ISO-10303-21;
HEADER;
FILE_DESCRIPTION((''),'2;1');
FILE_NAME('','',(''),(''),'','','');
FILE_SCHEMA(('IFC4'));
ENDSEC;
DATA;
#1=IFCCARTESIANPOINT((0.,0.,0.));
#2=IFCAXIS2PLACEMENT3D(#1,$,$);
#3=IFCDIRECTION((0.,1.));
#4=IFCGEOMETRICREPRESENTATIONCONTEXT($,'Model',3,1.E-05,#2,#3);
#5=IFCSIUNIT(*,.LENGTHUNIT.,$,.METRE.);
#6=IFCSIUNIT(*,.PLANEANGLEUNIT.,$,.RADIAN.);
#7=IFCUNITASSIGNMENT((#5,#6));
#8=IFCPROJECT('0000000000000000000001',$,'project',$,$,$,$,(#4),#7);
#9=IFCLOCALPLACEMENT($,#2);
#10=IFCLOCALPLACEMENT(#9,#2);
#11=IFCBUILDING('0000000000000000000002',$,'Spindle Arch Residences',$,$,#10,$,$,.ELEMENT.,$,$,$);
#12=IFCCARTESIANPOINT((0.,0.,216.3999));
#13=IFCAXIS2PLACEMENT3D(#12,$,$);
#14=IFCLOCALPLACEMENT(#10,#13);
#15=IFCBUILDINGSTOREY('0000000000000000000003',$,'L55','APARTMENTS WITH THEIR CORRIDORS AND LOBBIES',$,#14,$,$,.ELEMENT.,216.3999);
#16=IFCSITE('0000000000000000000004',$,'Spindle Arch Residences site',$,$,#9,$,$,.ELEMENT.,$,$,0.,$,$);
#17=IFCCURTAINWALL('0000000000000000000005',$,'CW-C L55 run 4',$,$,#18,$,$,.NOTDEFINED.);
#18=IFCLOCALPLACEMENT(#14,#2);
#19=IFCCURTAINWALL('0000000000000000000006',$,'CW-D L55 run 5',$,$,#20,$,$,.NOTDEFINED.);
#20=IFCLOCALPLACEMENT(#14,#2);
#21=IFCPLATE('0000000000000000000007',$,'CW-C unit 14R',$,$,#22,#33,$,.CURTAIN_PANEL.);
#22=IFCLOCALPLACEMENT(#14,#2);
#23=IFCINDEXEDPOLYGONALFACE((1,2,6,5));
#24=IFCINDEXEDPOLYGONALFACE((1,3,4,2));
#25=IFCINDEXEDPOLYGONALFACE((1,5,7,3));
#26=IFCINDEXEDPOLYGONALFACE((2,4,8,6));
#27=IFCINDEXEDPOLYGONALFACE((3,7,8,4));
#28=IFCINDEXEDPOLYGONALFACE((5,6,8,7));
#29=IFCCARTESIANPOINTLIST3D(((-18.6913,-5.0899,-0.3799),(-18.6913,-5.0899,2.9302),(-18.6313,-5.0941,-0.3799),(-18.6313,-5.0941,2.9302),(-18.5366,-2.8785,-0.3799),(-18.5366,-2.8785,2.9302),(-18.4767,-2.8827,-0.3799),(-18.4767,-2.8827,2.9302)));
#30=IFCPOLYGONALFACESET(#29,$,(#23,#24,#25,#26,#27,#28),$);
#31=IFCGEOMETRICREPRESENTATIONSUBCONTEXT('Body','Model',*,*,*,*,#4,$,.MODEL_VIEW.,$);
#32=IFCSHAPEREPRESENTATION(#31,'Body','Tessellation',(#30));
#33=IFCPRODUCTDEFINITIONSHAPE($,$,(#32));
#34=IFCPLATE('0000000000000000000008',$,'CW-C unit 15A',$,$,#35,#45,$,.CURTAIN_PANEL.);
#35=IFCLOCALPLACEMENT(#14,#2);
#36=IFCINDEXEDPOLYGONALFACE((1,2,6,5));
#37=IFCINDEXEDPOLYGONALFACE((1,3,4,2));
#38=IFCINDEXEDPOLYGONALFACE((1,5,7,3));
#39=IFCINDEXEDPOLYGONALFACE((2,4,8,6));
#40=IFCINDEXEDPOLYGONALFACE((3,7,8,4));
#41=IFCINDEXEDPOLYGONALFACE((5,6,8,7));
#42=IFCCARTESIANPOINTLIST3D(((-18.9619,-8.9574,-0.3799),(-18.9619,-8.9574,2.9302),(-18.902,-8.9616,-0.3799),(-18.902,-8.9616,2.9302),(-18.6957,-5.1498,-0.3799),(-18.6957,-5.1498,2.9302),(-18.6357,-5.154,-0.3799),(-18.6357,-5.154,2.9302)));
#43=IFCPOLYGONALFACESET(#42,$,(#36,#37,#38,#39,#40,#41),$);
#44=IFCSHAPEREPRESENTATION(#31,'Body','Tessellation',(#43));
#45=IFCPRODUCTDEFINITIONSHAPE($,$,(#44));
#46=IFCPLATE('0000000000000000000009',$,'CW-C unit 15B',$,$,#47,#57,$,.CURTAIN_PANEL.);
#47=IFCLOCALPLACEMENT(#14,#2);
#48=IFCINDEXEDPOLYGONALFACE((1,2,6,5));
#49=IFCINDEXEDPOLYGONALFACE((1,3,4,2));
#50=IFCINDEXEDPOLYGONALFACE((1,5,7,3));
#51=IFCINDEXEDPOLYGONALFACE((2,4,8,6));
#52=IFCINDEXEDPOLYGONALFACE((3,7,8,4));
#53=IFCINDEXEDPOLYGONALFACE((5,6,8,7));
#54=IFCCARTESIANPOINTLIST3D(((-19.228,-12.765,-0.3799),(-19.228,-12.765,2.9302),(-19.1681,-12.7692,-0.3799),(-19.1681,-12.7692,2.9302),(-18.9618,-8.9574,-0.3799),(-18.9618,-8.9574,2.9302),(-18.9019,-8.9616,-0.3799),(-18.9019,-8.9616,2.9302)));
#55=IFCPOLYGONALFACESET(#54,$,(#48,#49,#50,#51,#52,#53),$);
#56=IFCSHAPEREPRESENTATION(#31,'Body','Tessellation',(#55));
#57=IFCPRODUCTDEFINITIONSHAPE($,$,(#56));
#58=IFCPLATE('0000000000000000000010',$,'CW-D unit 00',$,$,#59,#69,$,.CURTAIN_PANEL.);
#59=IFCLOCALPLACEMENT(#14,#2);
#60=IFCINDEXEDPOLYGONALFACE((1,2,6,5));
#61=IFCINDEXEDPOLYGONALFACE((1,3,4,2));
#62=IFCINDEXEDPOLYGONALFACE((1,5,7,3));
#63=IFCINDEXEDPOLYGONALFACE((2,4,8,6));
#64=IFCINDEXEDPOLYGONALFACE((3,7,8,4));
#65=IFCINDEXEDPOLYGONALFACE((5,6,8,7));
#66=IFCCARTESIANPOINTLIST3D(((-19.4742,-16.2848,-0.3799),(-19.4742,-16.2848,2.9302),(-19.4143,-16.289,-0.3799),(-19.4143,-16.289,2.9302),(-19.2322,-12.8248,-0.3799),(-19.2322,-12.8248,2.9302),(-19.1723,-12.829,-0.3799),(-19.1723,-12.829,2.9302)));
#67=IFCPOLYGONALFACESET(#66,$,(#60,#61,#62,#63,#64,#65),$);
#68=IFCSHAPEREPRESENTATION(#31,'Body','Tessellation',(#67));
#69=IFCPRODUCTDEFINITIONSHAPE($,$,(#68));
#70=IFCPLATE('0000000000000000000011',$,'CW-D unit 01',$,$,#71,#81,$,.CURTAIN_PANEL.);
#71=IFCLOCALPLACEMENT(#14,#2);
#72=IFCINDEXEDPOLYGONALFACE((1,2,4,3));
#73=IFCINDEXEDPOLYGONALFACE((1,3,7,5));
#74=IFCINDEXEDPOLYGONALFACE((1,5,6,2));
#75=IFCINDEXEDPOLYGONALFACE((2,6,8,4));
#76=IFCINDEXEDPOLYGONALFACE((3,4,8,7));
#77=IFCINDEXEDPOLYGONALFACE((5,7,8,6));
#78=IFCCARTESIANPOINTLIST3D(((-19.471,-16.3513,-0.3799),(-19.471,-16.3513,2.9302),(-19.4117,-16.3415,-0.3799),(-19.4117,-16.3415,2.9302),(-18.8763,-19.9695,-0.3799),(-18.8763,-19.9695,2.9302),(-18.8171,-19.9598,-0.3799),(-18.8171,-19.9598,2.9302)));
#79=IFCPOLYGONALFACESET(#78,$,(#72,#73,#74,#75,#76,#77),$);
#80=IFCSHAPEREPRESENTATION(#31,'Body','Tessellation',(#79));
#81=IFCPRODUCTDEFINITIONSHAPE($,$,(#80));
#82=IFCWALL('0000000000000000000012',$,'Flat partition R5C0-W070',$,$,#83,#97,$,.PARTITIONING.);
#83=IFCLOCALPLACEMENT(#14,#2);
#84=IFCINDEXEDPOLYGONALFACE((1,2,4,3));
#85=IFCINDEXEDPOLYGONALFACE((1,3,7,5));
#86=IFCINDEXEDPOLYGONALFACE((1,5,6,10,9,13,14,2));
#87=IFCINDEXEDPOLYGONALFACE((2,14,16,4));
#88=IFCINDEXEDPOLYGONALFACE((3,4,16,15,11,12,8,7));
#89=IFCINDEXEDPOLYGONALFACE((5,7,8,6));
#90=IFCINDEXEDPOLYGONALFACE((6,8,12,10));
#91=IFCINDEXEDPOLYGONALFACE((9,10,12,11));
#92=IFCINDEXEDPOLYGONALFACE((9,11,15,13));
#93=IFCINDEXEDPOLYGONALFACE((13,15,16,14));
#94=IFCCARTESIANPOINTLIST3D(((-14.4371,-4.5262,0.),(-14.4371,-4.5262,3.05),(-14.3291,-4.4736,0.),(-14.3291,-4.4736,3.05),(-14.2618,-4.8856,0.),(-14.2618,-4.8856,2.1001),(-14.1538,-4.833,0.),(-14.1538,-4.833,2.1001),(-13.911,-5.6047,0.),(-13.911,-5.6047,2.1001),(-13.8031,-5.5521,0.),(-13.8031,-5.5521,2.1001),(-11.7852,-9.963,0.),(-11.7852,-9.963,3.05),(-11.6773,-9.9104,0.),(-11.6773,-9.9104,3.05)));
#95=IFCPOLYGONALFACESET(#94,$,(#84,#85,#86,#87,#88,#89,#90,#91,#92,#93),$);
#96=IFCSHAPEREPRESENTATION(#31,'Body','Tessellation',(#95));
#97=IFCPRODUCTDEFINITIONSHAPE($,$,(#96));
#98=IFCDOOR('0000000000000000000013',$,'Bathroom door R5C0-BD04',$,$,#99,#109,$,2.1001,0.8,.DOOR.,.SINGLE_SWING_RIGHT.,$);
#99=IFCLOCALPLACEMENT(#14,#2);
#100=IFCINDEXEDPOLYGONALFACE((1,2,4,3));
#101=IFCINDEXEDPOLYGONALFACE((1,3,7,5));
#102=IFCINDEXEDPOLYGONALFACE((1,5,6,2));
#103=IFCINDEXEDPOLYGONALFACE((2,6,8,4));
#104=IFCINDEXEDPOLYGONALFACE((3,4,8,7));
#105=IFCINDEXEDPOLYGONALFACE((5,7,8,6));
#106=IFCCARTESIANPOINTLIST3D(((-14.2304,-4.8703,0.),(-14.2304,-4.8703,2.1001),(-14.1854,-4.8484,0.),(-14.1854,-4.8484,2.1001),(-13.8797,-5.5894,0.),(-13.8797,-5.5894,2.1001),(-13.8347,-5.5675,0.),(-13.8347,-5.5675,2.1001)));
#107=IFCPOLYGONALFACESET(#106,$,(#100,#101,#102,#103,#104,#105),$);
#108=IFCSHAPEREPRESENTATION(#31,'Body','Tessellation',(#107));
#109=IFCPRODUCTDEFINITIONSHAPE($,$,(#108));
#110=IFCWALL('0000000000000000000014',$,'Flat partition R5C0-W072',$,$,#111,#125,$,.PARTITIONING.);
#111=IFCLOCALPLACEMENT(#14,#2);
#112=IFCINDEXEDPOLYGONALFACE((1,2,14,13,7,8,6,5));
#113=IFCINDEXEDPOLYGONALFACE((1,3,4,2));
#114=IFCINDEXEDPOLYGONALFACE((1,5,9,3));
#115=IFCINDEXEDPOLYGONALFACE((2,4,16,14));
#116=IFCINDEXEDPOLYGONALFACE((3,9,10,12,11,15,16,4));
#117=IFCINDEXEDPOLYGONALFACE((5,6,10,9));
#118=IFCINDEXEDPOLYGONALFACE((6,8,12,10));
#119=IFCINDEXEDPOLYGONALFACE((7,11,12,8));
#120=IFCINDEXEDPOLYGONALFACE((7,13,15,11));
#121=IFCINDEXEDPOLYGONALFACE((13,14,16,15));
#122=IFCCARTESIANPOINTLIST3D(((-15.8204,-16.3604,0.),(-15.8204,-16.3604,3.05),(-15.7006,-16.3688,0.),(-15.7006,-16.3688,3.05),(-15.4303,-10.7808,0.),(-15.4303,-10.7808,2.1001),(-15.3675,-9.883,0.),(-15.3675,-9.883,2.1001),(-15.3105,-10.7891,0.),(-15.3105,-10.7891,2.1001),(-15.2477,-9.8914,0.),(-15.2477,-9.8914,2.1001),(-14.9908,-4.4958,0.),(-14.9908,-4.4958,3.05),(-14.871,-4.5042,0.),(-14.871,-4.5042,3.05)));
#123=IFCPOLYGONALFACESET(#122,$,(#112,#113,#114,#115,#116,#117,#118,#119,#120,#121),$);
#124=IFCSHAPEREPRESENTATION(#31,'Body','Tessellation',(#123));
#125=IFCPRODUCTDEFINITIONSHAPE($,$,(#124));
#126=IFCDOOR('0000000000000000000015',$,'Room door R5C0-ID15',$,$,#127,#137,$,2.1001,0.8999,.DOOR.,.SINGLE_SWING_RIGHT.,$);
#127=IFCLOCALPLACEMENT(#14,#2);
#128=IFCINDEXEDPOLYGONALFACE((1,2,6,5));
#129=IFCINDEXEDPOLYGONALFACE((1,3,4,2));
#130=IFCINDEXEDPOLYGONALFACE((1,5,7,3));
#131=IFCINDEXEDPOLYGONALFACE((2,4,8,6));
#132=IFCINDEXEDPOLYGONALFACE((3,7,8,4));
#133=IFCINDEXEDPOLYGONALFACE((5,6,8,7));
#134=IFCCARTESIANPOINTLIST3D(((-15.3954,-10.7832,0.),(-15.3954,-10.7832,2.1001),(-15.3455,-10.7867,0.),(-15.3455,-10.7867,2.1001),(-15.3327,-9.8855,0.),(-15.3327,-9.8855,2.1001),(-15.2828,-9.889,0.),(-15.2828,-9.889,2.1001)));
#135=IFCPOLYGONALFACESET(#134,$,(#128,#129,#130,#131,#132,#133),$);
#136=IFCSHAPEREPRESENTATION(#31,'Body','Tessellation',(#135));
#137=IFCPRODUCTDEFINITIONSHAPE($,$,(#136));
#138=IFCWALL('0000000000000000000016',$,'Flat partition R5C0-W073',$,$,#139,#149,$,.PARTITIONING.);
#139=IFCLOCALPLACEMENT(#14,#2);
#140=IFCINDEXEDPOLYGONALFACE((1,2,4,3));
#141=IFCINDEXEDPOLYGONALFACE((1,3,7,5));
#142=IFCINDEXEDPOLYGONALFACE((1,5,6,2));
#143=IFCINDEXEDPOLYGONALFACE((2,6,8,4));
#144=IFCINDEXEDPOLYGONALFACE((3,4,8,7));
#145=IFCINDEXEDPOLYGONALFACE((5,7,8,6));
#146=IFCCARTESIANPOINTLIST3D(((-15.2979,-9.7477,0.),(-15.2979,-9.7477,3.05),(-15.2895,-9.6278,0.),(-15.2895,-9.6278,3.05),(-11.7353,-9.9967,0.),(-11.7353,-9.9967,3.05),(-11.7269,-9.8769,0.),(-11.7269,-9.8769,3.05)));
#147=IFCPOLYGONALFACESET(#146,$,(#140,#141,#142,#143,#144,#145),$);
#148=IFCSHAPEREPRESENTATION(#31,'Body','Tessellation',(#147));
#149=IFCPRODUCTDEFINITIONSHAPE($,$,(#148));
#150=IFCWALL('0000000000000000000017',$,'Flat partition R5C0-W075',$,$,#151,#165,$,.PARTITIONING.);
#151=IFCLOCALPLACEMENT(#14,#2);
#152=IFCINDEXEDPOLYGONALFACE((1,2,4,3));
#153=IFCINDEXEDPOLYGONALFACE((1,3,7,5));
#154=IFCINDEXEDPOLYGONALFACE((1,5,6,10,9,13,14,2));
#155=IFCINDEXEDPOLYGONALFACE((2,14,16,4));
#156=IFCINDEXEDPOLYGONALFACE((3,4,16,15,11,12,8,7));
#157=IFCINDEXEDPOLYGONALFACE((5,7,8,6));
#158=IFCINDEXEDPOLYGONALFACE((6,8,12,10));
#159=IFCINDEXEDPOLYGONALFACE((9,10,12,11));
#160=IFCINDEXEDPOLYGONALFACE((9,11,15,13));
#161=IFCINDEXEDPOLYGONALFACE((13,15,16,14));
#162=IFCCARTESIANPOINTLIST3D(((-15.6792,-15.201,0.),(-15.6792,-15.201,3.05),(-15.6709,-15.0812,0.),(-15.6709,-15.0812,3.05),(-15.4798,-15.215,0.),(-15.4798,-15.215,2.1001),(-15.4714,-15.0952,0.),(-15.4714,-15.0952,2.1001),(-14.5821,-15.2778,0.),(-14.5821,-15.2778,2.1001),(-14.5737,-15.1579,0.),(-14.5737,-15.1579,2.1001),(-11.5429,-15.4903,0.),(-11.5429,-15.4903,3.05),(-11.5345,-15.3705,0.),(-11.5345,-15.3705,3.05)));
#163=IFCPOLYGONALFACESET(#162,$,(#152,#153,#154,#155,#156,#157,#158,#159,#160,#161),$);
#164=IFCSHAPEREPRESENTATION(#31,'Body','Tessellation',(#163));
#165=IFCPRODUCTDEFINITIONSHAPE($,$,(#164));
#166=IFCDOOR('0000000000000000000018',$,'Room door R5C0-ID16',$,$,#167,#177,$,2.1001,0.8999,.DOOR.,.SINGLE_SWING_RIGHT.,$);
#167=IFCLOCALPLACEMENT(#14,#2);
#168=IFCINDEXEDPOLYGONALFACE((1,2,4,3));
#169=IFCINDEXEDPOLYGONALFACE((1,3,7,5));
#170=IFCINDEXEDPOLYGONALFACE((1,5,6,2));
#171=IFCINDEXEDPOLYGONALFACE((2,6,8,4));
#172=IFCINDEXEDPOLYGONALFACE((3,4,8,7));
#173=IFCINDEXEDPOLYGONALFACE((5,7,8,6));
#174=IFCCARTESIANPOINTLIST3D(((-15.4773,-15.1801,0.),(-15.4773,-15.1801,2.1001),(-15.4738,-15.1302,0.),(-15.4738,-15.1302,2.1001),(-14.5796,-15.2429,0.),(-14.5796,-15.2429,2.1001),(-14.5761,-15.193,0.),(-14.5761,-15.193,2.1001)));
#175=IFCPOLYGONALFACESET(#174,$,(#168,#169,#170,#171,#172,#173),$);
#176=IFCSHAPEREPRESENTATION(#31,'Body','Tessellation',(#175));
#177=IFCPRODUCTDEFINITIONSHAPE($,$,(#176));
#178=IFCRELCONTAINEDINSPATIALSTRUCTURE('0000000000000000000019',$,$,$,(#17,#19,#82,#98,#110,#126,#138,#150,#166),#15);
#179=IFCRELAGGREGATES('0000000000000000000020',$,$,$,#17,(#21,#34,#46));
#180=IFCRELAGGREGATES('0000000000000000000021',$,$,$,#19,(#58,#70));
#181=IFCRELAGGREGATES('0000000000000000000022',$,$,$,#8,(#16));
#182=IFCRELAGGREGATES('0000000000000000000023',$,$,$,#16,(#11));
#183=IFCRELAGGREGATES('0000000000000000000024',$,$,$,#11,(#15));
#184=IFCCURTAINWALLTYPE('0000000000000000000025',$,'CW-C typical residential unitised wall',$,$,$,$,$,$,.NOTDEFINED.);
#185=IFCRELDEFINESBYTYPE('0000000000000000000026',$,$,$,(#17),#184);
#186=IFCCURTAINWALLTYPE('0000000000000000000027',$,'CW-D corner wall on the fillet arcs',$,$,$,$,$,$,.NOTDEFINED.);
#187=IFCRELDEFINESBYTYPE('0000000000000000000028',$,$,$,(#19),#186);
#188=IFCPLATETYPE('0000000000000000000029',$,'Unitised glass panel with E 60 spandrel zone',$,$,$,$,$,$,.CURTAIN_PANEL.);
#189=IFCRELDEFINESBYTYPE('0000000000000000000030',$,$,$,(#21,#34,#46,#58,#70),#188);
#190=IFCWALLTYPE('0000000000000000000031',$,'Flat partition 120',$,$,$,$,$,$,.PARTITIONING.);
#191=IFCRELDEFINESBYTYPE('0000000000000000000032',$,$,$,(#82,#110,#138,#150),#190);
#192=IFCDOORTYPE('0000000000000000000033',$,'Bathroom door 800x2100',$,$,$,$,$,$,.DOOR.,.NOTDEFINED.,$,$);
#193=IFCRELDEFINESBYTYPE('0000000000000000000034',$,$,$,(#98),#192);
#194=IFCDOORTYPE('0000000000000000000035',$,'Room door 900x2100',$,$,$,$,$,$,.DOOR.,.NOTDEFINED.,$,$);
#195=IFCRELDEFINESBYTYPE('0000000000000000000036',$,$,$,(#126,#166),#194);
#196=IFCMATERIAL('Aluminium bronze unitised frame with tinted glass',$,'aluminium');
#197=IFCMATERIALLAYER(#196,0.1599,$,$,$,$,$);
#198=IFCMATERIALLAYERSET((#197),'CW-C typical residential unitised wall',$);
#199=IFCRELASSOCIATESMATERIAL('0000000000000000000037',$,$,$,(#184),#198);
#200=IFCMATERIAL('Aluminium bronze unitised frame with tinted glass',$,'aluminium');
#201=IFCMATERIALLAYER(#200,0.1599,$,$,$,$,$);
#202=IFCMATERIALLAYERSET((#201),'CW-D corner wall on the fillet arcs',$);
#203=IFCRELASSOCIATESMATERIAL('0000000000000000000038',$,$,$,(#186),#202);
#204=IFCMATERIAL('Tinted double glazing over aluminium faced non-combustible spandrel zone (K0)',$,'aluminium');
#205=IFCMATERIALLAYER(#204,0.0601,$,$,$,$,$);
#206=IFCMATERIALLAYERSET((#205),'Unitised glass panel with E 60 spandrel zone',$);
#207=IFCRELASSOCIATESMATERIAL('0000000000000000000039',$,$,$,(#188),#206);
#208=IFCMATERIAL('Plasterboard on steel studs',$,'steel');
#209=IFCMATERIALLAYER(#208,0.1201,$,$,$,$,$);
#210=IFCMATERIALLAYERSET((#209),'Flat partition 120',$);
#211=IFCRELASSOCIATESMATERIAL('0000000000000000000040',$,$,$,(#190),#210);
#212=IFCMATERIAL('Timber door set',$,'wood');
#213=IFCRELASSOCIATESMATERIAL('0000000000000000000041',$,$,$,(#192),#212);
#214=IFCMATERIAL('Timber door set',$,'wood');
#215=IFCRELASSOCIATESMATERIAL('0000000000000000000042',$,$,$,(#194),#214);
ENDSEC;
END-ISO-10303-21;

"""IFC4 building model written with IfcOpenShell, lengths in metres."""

from ifc_helpers import new_model, si_unit, direction, frame, frame_2d, origin, origin_2d, place, context, subcontext, project, spatial, rectangle, extrude, material, layer, layer_set, type_object, element, fill, aggregate, save


model = new_model("IFC4")

# Units and contexts
model_context = context("Model", 3, precision=1e-05, world=origin(), true_north=direction((0.0, 1.0)))
body_context = subcontext(model_context, "Body", "Model", "MODEL_VIEW")
ifc_project = project(units=[si_unit("LENGTHUNIT", "METRE"), si_unit("PLANEANGLEUNIT", "RADIAN")], contexts=[model_context])

# Site, building, storey
site_placement = place(None, origin())
site = spatial("IfcSite", under=ifc_project, at=site_placement, Name="Spindle Arch Residences site", CompositionType="ELEMENT", RefElevation=0.0)
building_placement = place(site_placement, origin())
building = spatial("IfcBuilding", under=site, at=building_placement, Name="Spindle Arch Residences", CompositionType="ELEMENT")
storey_placement = place(building_placement, frame((0.0, 0.0, 216.3999)))
storey = spatial("IfcBuildingStorey", under=building, at=storey_placement, Name="L55", Description="APARTMENTS WITH THEIR CORRIDORS AND LOBBIES", CompositionType="ELEMENT", Elevation=216.3999)

# Curtain wall
ifc_material_1 = material(Name="Aluminium bronze unitised frame with tinted glass", Category="aluminium")
ifc_layer_1 = layer(ifc_material_1, 0.1599)
ifc_layer_set_1 = layer_set([ifc_layer_1], Name="CW-C typical residential unitised wall")
curtain_wall_type_1 = type_object("IfcCurtainWallType", Name="CW-C typical residential unitised wall", PredefinedType="NOTDEFINED", material=ifc_layer_set_1)
curtain_wall_1_placement = place(storey_placement, origin())
curtain_wall_1 = element("IfcCurtainWall", 1, at=curtain_wall_1_placement, inside=storey, type_object=curtain_wall_type_1, Name="CW-C L55 run 4", PredefinedType="NOTDEFINED")

# Curtain wall
ifc_material_2 = material(Name="Aluminium bronze unitised frame with tinted glass", Category="aluminium")
ifc_layer_2 = layer(ifc_material_2, 0.1599)
ifc_layer_set_2 = layer_set([ifc_layer_2], Name="CW-D corner wall on the fillet arcs")
curtain_wall_type_2 = type_object("IfcCurtainWallType", Name="CW-D corner wall on the fillet arcs", PredefinedType="NOTDEFINED", material=ifc_layer_set_2)
curtain_wall_2_placement = place(storey_placement, origin())
curtain_wall_2 = element("IfcCurtainWall", 2, at=curtain_wall_2_placement, inside=storey, type_object=curtain_wall_type_2, Name="CW-D L55 run 5", PredefinedType="NOTDEFINED")

# Plates
ifc_material_3 = material(Name="Tinted double glazing over aluminium faced non-combustible spandrel zone (K0)", Category="aluminium")
ifc_layer_3 = layer(ifc_material_3, 0.0601)
ifc_layer_set_3 = layer_set([ifc_layer_3], Name="Unitised glass panel with E 60 spandrel zone")
plate_type = type_object("IfcPlateType", Name="Unitised glass panel with E 60 spandrel zone", PredefinedType="CURTAIN_PANEL", material=ifc_layer_set_3)
plate_1_placement = place(storey_placement, frame((-18.584, -3.9863, -0.3799), z_axis=(0.0, 0.0, 1.0), x_axis=(-0.069756, -0.997564, 0.0)))
plate_1 = element("IfcPlate", 3, at=plate_1_placement, type_object=plate_type, Name="CW-C unit 14R", PredefinedType="CURTAIN_PANEL", context=body_context, shape_type="SweptSolid", body=[
    extrude(rectangle(XDim=2.2168, YDim=0.0601, at=origin_2d()), origin(), (0.0, 0.0, 1.0), 3.3101),
])
plate_2_placement = place(storey_placement, frame((-18.7988, -7.0557, -0.3799), z_axis=(0.0, 0.0, 1.0), x_axis=(-0.069756, -0.997564, 0.0)))
plate_2 = element("IfcPlate", 4, at=plate_2_placement, type_object=plate_type, Name="CW-C unit 15A", PredefinedType="CURTAIN_PANEL", context=body_context, shape_type="SweptSolid", body=[
    extrude(rectangle(XDim=3.8169, YDim=0.0601, at=origin_2d()), origin(), (0.0, 0.0, 1.0), 3.3101),
])
plate_3_placement = place(storey_placement, frame((-19.0649, -10.8633, -0.3799), z_axis=(0.0, 0.0, 1.0), x_axis=(-0.069756, -0.997564, 0.0)))
plate_3 = element("IfcPlate", 5, at=plate_3_placement, type_object=plate_type, Name="CW-C unit 15B", PredefinedType="CURTAIN_PANEL", context=body_context, shape_type="SweptSolid", body=[
    extrude(rectangle(XDim=3.8169, YDim=0.0601, at=origin_2d()), origin(), (0.0, 0.0, 1.0), 3.3101),
])
aggregate(curtain_wall_1, [plate_1, plate_2, plate_3])
plate_4_placement = place(storey_placement, frame((-19.3232, -14.5569, -0.3799), z_axis=(0.0, 0.0, 1.0), x_axis=(-0.069756, -0.997564, 0.0)))
plate_4 = element("IfcPlate", 6, at=plate_4_placement, type_object=plate_type, Name="CW-D unit 00", PredefinedType="CURTAIN_PANEL", context=body_context, shape_type="SweptSolid", body=[
    extrude(rectangle(XDim=3.4685, YDim=0.0601, at=origin_2d()), origin(), (0.0, 0.0, 1.0), 3.3101),
])
plate_5_placement = place(storey_placement, frame((-19.144, -18.1555, -0.3799), z_axis=(0.0, 0.0, 1.0), x_axis=(0.162178, -0.986762, 0.0)))
plate_5 = element("IfcPlate", 7, at=plate_5_placement, type_object=plate_type, Name="CW-D unit 01", PredefinedType="CURTAIN_PANEL", context=body_context, shape_type="SweptSolid", body=[
    extrude(rectangle(XDim=3.6667, YDim=0.0601, at=origin_2d()), origin(), (0.0, 0.0, 1.0), 3.3101),
])
aggregate(curtain_wall_2, [plate_4, plate_5])

# Walls, openings, doors
ifc_material_4 = material(Name="Plasterboard on steel studs", Category="steel")
ifc_layer_4 = layer(ifc_material_4, 0.1201)
ifc_layer_set_4 = layer_set([ifc_layer_4], Name="Flat partition 120")
wall_type_1 = type_object("IfcWallType", Name="Flat partition 120", PredefinedType="PARTITIONING", material=ifc_layer_set_4)
wall_1_placement = place(storey_placement, frame((-14.3831, -4.5, 0.0), z_axis=(0.0, 0.0, 1.0), x_axis=(0.438393, -0.898783, 0.0)))
wall_1 = element("IfcWall", 8, at=wall_1_placement, inside=storey, type_object=wall_type_1, Name="Flat partition R5C0-W070", PredefinedType="PARTITIONING", context=body_context, shape_type="SweptSolid", body=[
    extrude(rectangle(XDim=6.0491, YDim=0.1201, at=frame_2d((3.0244, 0.0))), origin(), (0.0, 0.0, 1.0), 3.05),
])
opening_1_placement = place(wall_1_placement, frame((0.3999, 0.0, 0.0)))
opening_1 = element("IfcOpeningElement", 9, at=opening_1_placement, cuts=wall_1, PredefinedType="OPENING", context=body_context, shape_type="SweptSolid", body=[
    extrude(rectangle(XDim=0.8, YDim=2.1001, at=frame_2d((0.3999, 1.05))), frame((0.0, 0.0701, 0.0), z_axis=(0.0, -1.0, 0.0), x_axis=(1.0, 0.0, 0.0)), (0.0, 0.0, 1.0), 0.1401),
])
ifc_material_5 = material(Name="Timber door set", Category="wood")
door_type_1 = type_object("IfcDoorType", Name="Bathroom door 800x2100", OperationType="NOTDEFINED", PredefinedType="DOOR", material=ifc_material_5)
door_1_placement = place(opening_1_placement, origin())
door_1 = element("IfcDoor", 10, at=door_1_placement, inside=storey, type_object=door_type_1, Name="Bathroom door R5C0-BD04", OperationType="SINGLE_SWING_RIGHT", OverallHeight=2.1001, OverallWidth=0.8, PredefinedType="DOOR", context=body_context, shape_type="SweptSolid", body=[
    extrude(rectangle(XDim=0.8, YDim=2.1001, at=frame_2d((0.3999, 1.05))), frame((0.0, 0.0249, 0.0), z_axis=(0.0, -1.0, 0.0), x_axis=(1.0, 0.0, 0.0)), (0.0, 0.0, 1.0), 0.05),
])
fill(opening_1, door_1)
wall_2_placement = place(storey_placement, frame((-14.9309, -4.5, 0.0), z_axis=(0.0, 0.0, 1.0), x_axis=(-0.069752, -0.997564, 0.0)))
wall_2 = element("IfcWall", 11, at=wall_2_placement, inside=storey, type_object=wall_type_1, Name="Flat partition R5C0-W072", PredefinedType="PARTITIONING", context=body_context, shape_type="SweptSolid", body=[
    extrude(rectangle(XDim=11.8936, YDim=0.1201, at=frame_2d((5.9468, 0.0))), origin(), (0.0, 0.0, 1.0), 3.05),
])
opening_2_placement = place(wall_2_placement, frame((5.4004, 0.0, 0.0)))
opening_2 = element("IfcOpeningElement", 12, at=opening_2_placement, cuts=wall_2, PredefinedType="OPENING", context=body_context, shape_type="SweptSolid", body=[
    extrude(rectangle(XDim=0.8999, YDim=2.1001, at=frame_2d((0.45, 1.05))), frame((0.0, 0.0701, 0.0), z_axis=(0.0, -1.0, 0.0), x_axis=(1.0, 0.0, 0.0)), (0.0, 0.0, 1.0), 0.1401),
])
ifc_material_6 = material(Name="Timber door set", Category="wood")
door_type_2 = type_object("IfcDoorType", Name="Room door 900x2100", OperationType="NOTDEFINED", PredefinedType="DOOR", material=ifc_material_6)
door_2_placement = place(opening_2_placement, origin())
door_2 = element("IfcDoor", 13, at=door_2_placement, inside=storey, type_object=door_type_2, Name="Room door R5C0-ID15", OperationType="SINGLE_SWING_RIGHT", OverallHeight=2.1001, OverallWidth=0.8999, PredefinedType="DOOR", context=body_context, shape_type="SweptSolid", body=[
    extrude(rectangle(XDim=0.8999, YDim=2.1001, at=frame_2d((0.45, 1.05))), frame((0.0, 0.0249, 0.0), z_axis=(0.0, -1.0, 0.0), x_axis=(1.0, 0.0, 0.0)), (0.0, 0.0, 1.0), 0.05),
])
fill(opening_2, door_2)

# Wall
wall_3_placement = place(storey_placement, frame((-15.2937, -9.6877, 0.0), z_axis=(0.0, 0.0, 1.0), x_axis=(0.997566, -0.069731, 0.0)))
element("IfcWall", 14, at=wall_3_placement, inside=storey, type_object=wall_type_1, Name="Flat partition R5C0-W073", PredefinedType="PARTITIONING", context=body_context, shape_type="SweptSolid", body=[
    extrude(rectangle(XDim=3.5713, YDim=0.1201, at=frame_2d((1.7856, 0.0))), origin(), (0.0, 0.0, 1.0), 3.05),
])

# Wall, opening, door
wall_4_placement = place(storey_placement, frame((-15.675, -15.1411, 0.0), z_axis=(0.0, 0.0, 1.0), x_axis=(0.997563, -0.06977, 0.0)))
wall_4 = element("IfcWall", 15, at=wall_4_placement, inside=storey, type_object=wall_type_1, Name="Flat partition R5C0-W075", PredefinedType="PARTITIONING", context=body_context, shape_type="SweptSolid", body=[
    extrude(rectangle(XDim=4.1465, YDim=0.1201, at=frame_2d((2.0732, 0.0))), origin(), (0.0, 0.0, 1.0), 3.05),
])
opening_3_placement = place(wall_4_placement, frame((0.2, 0.0, 0.0)))
opening_3 = element("IfcOpeningElement", 16, at=opening_3_placement, cuts=wall_4, PredefinedType="OPENING", context=body_context, shape_type="SweptSolid", body=[
    extrude(rectangle(XDim=0.8999, YDim=2.1001, at=frame_2d((0.45, 1.05))), frame((0.0, 0.0701, 0.0), z_axis=(0.0, -1.0, 0.0), x_axis=(1.0, 0.0, 0.0)), (0.0, 0.0, 1.0), 0.1401),
])
door_3_placement = place(opening_3_placement, origin())
door_3 = element("IfcDoor", 17, at=door_3_placement, inside=storey, type_object=door_type_2, Name="Room door R5C0-ID16", OperationType="SINGLE_SWING_RIGHT", OverallHeight=2.1001, OverallWidth=0.8999, PredefinedType="DOOR", context=body_context, shape_type="SweptSolid", body=[
    extrude(rectangle(XDim=0.8999, YDim=2.1001, at=frame_2d((0.45, 1.05))), frame((0.0, 0.0249, 0.0), z_axis=(0.0, -1.0, 0.0), x_axis=(1.0, 0.0, 0.0)), (0.0, 0.0, 1.0), 0.05),
])
fill(opening_3, door_3)

save(model, "model.ifc")
